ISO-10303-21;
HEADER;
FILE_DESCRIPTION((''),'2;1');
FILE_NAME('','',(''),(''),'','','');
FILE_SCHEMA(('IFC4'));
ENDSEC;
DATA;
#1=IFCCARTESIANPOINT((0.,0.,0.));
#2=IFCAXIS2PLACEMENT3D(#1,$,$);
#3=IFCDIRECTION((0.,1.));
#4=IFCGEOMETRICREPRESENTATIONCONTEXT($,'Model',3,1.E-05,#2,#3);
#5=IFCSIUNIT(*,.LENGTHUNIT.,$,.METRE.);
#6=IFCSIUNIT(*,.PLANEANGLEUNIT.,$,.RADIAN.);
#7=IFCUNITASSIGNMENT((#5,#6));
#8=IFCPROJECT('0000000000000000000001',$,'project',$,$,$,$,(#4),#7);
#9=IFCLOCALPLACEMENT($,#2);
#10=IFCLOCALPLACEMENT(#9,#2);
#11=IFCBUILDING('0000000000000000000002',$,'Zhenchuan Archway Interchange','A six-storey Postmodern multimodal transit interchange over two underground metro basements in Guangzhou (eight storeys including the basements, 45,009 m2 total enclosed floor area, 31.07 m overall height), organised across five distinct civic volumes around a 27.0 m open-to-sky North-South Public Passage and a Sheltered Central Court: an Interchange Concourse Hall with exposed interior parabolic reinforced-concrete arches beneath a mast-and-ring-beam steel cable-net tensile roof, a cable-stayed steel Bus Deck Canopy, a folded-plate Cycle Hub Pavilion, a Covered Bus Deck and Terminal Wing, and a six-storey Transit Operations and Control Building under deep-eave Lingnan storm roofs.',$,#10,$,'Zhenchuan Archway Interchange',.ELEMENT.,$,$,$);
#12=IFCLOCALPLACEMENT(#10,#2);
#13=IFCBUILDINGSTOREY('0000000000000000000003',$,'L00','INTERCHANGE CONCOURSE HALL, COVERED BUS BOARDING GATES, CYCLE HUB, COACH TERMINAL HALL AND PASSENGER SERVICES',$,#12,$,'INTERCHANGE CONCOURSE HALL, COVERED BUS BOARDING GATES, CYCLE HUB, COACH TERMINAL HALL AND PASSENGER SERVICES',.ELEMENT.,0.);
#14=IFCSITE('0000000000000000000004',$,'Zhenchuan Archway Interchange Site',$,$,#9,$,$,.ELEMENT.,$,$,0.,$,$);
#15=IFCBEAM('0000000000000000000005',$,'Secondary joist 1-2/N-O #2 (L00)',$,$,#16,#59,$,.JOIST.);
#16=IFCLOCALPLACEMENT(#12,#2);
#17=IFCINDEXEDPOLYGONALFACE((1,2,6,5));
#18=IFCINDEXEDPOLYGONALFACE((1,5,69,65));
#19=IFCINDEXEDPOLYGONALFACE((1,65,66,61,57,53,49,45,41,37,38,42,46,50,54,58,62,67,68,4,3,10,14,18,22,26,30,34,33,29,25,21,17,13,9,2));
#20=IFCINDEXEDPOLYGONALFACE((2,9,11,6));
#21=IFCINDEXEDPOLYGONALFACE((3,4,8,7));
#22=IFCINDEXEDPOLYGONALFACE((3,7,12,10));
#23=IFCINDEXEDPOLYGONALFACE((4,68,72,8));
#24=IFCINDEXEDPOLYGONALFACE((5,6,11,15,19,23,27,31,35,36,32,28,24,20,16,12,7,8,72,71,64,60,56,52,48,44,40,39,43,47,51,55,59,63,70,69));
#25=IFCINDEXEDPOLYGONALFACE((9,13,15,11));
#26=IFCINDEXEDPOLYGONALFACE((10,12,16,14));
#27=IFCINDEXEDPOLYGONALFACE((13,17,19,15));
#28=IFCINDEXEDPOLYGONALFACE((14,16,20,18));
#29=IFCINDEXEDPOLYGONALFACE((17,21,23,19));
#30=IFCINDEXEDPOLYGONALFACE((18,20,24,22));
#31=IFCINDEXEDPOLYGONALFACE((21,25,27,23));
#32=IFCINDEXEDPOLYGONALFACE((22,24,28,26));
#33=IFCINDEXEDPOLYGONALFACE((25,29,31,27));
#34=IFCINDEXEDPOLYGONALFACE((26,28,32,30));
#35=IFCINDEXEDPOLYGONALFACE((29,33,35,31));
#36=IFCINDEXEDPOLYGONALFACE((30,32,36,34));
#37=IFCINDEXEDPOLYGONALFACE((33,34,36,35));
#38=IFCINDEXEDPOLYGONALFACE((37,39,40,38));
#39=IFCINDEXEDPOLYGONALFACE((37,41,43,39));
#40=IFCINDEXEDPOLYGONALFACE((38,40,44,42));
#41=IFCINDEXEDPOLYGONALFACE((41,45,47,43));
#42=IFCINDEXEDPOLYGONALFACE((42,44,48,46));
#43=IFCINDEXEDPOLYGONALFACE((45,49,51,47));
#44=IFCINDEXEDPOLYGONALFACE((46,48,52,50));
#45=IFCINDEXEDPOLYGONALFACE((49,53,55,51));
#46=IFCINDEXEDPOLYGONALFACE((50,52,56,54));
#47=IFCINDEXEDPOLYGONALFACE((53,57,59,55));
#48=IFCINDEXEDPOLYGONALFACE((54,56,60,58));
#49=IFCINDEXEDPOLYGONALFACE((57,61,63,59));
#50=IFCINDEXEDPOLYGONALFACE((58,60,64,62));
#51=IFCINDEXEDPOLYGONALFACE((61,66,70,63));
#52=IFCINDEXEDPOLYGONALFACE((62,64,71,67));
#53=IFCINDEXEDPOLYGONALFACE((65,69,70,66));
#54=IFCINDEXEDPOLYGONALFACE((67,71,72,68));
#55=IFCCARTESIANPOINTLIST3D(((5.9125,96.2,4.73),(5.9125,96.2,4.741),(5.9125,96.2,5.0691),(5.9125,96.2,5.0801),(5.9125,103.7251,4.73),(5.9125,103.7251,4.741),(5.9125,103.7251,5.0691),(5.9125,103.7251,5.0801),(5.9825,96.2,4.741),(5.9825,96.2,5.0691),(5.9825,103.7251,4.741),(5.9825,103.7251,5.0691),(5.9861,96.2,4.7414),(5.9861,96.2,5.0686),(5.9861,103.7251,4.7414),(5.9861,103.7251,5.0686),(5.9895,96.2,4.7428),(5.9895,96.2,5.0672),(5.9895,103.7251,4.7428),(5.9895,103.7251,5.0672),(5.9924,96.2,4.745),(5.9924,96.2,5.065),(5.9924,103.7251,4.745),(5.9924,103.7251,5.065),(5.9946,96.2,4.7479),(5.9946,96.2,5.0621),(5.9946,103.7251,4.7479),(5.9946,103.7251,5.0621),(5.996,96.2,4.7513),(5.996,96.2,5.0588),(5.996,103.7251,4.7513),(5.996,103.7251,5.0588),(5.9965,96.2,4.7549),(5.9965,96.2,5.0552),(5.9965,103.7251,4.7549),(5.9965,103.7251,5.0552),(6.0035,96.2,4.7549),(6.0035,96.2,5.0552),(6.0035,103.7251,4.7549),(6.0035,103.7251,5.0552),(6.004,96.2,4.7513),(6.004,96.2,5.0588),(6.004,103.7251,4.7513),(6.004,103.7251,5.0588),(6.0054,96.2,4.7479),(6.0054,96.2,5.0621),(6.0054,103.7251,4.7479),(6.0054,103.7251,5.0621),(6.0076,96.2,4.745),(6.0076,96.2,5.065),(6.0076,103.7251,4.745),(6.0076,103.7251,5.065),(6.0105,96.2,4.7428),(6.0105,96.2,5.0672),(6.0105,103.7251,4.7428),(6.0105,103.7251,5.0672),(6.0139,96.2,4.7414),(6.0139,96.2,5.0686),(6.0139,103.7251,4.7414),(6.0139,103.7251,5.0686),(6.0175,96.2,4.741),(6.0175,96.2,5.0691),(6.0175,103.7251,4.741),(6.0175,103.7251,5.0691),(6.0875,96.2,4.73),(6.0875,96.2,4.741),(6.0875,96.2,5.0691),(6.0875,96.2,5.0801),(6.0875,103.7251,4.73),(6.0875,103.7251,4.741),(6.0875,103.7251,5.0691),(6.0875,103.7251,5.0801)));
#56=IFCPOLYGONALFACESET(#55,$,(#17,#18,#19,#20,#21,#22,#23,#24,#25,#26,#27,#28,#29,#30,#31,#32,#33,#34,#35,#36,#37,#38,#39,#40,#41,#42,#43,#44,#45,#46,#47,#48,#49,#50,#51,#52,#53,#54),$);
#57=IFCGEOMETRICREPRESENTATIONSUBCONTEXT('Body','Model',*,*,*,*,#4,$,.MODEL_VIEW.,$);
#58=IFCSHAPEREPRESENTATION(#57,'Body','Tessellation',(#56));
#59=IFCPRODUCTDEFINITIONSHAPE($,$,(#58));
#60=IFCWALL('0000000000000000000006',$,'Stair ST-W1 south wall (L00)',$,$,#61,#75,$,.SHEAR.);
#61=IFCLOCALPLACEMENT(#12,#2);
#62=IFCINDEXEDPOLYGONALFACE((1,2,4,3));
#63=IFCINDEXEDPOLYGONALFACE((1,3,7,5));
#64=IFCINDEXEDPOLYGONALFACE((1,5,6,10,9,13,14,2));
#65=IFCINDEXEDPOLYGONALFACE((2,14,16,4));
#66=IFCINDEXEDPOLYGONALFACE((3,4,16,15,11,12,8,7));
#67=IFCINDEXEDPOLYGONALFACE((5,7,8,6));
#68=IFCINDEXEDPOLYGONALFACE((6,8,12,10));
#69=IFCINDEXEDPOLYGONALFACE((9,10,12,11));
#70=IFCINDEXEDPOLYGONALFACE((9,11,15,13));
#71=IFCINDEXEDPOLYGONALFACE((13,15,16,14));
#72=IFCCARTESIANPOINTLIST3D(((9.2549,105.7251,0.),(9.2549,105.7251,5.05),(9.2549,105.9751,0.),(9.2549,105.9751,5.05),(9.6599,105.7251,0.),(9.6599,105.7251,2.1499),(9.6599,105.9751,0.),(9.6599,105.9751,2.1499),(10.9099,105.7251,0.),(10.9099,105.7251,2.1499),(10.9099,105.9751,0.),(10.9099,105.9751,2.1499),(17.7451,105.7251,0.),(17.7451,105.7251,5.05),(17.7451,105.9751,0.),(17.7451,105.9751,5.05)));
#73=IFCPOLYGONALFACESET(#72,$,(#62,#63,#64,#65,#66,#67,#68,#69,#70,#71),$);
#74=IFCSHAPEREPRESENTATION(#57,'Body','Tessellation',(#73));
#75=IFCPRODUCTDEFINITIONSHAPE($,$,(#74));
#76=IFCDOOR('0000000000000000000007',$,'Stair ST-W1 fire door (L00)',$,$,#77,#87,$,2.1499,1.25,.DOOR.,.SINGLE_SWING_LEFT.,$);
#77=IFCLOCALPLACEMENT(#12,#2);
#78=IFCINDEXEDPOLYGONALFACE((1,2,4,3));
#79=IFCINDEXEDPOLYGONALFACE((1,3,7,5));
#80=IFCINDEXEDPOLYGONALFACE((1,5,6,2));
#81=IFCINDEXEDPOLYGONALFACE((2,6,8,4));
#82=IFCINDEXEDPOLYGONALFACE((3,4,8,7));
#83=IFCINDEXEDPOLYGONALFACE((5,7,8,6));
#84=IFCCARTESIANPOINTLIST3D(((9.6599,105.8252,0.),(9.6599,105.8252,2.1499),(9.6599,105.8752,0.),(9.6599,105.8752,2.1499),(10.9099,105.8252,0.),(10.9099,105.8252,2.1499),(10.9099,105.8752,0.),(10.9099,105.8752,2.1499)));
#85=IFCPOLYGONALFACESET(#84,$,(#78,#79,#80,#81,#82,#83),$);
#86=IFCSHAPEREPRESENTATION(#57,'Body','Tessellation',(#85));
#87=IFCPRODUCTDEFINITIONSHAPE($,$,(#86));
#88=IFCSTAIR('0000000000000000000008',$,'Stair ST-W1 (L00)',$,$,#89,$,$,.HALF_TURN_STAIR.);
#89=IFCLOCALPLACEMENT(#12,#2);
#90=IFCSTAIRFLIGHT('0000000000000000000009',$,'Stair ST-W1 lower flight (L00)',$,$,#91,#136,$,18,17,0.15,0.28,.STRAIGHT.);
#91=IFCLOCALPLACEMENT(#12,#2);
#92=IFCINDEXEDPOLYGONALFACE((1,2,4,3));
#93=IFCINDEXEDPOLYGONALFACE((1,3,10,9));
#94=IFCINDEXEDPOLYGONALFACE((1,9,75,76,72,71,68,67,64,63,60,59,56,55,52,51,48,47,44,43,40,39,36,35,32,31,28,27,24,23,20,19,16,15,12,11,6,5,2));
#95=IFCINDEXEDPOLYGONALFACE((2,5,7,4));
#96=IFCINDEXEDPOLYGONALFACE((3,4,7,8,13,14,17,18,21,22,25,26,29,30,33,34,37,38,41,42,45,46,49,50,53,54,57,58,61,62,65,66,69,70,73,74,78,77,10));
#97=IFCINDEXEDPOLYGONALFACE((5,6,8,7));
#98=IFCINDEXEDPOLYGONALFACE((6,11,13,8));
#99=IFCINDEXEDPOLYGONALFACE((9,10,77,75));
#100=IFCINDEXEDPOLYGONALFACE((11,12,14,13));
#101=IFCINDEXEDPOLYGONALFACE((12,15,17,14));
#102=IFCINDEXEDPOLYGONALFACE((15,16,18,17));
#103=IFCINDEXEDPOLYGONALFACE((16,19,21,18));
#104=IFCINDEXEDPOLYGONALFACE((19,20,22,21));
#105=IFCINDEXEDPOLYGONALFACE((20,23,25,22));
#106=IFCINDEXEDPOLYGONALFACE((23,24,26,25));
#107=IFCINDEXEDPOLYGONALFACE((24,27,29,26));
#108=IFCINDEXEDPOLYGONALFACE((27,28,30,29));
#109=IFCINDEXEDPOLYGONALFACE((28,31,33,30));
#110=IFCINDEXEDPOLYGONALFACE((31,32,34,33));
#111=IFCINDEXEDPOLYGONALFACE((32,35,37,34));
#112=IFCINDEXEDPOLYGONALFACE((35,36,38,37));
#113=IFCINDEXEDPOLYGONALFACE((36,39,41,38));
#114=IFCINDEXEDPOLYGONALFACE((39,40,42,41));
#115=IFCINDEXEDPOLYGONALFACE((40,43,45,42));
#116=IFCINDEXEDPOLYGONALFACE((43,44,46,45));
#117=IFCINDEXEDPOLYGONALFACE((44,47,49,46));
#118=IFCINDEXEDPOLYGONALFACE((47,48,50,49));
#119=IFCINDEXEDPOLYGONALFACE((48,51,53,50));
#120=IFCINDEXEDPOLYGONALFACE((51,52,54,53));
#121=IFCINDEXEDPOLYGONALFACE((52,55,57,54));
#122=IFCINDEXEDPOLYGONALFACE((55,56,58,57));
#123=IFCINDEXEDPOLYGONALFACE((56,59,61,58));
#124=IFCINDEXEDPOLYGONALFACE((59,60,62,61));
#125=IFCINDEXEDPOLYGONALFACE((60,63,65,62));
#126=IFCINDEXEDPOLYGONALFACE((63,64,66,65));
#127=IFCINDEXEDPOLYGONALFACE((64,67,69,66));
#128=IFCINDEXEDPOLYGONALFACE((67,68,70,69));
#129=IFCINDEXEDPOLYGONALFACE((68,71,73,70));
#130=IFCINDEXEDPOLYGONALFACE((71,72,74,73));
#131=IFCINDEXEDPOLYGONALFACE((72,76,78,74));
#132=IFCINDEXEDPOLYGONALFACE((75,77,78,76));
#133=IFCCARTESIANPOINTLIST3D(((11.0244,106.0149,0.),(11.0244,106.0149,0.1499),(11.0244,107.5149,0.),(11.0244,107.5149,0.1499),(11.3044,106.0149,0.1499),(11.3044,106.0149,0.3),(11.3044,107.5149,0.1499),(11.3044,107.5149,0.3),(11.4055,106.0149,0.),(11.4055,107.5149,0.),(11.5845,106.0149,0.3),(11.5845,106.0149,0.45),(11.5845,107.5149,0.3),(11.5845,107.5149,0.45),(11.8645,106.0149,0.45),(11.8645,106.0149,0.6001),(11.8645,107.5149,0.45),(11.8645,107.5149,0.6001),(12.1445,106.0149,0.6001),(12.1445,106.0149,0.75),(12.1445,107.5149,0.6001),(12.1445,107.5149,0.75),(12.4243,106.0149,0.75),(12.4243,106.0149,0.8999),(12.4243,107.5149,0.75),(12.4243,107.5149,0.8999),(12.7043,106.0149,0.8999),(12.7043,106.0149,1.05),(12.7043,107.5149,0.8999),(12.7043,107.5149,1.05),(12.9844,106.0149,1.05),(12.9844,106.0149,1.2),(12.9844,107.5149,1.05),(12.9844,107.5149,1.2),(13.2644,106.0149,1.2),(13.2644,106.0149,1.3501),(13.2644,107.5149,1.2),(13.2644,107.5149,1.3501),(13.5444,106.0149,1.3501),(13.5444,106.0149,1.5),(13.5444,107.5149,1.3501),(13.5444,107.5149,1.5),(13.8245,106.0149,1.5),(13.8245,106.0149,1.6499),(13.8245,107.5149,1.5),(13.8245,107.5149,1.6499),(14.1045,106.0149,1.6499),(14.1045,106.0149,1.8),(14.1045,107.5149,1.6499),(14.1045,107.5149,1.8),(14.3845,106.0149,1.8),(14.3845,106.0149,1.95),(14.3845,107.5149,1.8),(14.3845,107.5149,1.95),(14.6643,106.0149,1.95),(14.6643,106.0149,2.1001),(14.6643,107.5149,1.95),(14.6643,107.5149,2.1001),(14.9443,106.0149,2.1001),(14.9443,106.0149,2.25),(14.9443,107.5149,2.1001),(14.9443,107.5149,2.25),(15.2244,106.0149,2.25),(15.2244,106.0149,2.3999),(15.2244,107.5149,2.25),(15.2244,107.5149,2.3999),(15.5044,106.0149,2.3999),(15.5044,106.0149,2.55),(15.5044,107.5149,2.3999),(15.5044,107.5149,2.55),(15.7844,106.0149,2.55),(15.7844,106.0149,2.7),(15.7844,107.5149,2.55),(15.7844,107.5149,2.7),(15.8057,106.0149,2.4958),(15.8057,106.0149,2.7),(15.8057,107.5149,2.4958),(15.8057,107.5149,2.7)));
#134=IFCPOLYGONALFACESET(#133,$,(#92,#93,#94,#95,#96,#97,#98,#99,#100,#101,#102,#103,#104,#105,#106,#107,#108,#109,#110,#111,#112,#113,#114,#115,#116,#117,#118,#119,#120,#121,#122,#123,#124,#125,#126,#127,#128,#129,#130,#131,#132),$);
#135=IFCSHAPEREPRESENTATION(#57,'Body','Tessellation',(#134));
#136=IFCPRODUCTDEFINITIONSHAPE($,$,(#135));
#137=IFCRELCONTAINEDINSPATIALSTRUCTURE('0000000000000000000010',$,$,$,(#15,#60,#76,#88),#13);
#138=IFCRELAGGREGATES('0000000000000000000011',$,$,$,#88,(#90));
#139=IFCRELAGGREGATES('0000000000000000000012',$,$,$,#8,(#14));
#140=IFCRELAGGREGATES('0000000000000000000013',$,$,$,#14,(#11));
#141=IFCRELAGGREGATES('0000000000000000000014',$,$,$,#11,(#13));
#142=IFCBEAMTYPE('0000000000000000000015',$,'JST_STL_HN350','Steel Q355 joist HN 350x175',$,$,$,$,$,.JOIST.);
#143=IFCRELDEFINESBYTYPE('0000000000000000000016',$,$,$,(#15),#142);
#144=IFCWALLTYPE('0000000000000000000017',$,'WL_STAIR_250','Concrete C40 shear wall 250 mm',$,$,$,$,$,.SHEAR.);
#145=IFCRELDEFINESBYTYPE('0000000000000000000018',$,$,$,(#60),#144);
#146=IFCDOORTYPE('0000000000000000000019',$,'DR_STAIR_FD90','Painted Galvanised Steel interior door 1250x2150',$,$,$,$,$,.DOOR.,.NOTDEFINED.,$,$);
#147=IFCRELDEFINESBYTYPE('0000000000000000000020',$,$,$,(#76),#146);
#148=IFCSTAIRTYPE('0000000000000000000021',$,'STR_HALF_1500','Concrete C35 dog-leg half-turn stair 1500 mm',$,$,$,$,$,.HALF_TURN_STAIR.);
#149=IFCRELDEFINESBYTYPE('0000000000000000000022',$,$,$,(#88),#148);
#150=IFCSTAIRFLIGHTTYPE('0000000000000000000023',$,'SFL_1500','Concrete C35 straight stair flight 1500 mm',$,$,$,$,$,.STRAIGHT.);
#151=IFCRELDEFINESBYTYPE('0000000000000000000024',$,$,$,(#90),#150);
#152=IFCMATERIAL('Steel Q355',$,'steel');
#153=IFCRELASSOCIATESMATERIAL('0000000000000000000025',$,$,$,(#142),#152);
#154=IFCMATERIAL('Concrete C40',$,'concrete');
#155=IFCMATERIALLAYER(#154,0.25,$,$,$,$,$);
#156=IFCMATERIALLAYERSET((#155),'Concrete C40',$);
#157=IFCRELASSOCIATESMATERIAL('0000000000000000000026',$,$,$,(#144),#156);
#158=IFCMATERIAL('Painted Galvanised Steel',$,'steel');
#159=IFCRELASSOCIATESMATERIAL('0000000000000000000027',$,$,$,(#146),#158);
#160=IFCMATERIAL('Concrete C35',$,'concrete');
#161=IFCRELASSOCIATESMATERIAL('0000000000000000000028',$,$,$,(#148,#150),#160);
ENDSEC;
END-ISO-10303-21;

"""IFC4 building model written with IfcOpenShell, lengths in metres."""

from ifc_helpers import new_model, si_unit, direction, frame, frame_2d, origin, origin_2d, place, context, subcontext, project, spatial, polyline, rectangle, i_section, outline, extrude, material, layer, layer_set, material_profile, profile_set, type_object, element, fill, aggregate, save


model = new_model("IFC4")

# Units and contexts
model_context = context("Model", 3, precision=1e-05, world=origin(), true_north=direction((0.0, 1.0)))
body_context = subcontext(model_context, "Body", "Model", "MODEL_VIEW")
ifc_project = project(units=[si_unit("LENGTHUNIT", "METRE"), si_unit("PLANEANGLEUNIT", "RADIAN")], contexts=[model_context])

# Site, building, storey
site_placement = place(None, origin())
site = spatial("IfcSite", under=ifc_project, at=site_placement, Name="Zhenchuan Archway Interchange Site", CompositionType="ELEMENT", RefElevation=0.0)
building_placement = place(site_placement, origin())
building = spatial("IfcBuilding", under=site, at=building_placement, Name="Zhenchuan Archway Interchange", Description="A six-storey Postmodern multimodal transit interchange over two underground metro basements in Guangzhou (eight storeys including the basements, 45,009 m2 total enclosed floor area, 31.07 m overall height), organised across five distinct civic volumes around a 27.0 m open-to-sky North-South Public Passage and a Sheltered Central Court: an Interchange Concourse Hall with exposed interior parabolic reinforced-concrete arches beneath a mast-and-ring-beam steel cable-net tensile roof, a cable-stayed steel Bus Deck Canopy, a folded-plate Cycle Hub Pavilion, a Covered Bus Deck and Terminal Wing, and a six-storey Transit Operations and Control Building under deep-eave Lingnan storm roofs.", LongName="Zhenchuan Archway Interchange", CompositionType="ELEMENT")
storey_placement = place(building_placement, origin())
storey = spatial("IfcBuildingStorey", under=building, at=storey_placement, Name="L00", Description="INTERCHANGE CONCOURSE HALL, COVERED BUS BOARDING GATES, CYCLE HUB, COACH TERMINAL HALL AND PASSENGER SERVICES", LongName="INTERCHANGE CONCOURSE HALL, COVERED BUS BOARDING GATES, CYCLE HUB, COACH TERMINAL HALL AND PASSENGER SERVICES", CompositionType="ELEMENT", Elevation=0.0)

# Shared definitions
ifc_material_1 = material(Name="Concrete C40", Category="concrete")

# Shared definitions
ifc_material_2 = material(Name="Concrete C35", Category="concrete")

# Beam
ifc_material_3 = material(Name="Steel Q355", Category="steel")
ifc_material_profile_1 = material_profile(ifc_material_3, i_section(OverallWidth=0.175, OverallDepth=0.3501, WebThickness=0.0071, FlangeThickness=0.011, FilletRadius=0.0139, at=origin_2d()), Name="HN 350x175")
ifc_profile_set_1 = profile_set([ifc_material_profile_1], Name="Steel Q355")
beam_type_1 = type_object("IfcBeamType", Name="JST_STL_HN350", Description="Steel Q355 joist HN 350x175", PredefinedType="JOIST", material=ifc_profile_set_1)
beam_1_placement = place(storey_placement, frame((6.0, 96.2, 4.905), z_axis=(0.0, 1.0, 0.0), x_axis=(-1.0, 0.0, 0.0)))
element("IfcBeam", 1, at=beam_1_placement, inside=storey, type_object=beam_type_1, Name="Secondary joist 1-2/N-O #2 (L00)", PredefinedType="JOIST", context=body_context, shape_type="SweptSolid", body=[
    extrude(i_section(OverallWidth=0.175, OverallDepth=0.3501, WebThickness=0.0071, FlangeThickness=0.011, FilletRadius=0.0139, at=origin_2d()), origin(), (0.0, 0.0, 1.0), 7.5251),
])

# Wall, opening, door
ifc_layer = layer(ifc_material_1, 0.25)
ifc_layer_set = layer_set([ifc_layer], Name="Concrete C40")
wall_type = type_object("IfcWallType", Name="WL_STAIR_250", Description="Concrete C40 shear wall 250 mm", PredefinedType="SHEAR", material=ifc_layer_set)
wall_placement = place(storey_placement, frame((9.2549, 105.8501, 0.0), z_axis=(0.0, 0.0, 1.0), x_axis=(1.0, 0.0, 0.0)))
wall = element("IfcWall", 2, at=wall_placement, inside=storey, type_object=wall_type, Name="Stair ST-W1 south wall (L00)", PredefinedType="SHEAR", context=body_context, shape_type="SweptSolid", body=[
    extrude(rectangle(XDim=8.4902, YDim=0.25, at=frame_2d((4.2451, 0.0))), origin(), (0.0, 0.0, 1.0), 5.05),
])
opening_placement = place(wall_placement, frame((0.405, 0.0, 0.0)))
opening = element("IfcOpeningElement", 3, at=opening_placement, cuts=wall, PredefinedType="OPENING", context=body_context, shape_type="SweptSolid", body=[
    extrude(rectangle(XDim=1.25, YDim=2.1499, at=frame_2d((0.625, 1.075))), frame((0.0, 0.137, 0.0), z_axis=(0.0, -1.0, 0.0), x_axis=(1.0, 0.0, 0.0)), (0.0, 0.0, 1.0), 0.2739),
])
ifc_material_4 = material(Name="Painted Galvanised Steel", Category="steel")
door_type = type_object("IfcDoorType", Name="DR_STAIR_FD90", Description="Painted Galvanised Steel interior door 1250x2150", OperationType="NOTDEFINED", PredefinedType="DOOR", material=ifc_material_4)
door_placement = place(opening_placement, frame((1.25, 0.0, 0.0), z_axis=(0.0, 0.0, 1.0), x_axis=(-1.0, 0.0, 0.0)))
door = element("IfcDoor", 4, at=door_placement, inside=storey, type_object=door_type, Name="Stair ST-W1 fire door (L00)", OperationType="SINGLE_SWING_LEFT", OverallHeight=2.1499, OverallWidth=1.25, PredefinedType="DOOR", context=body_context, shape_type="SweptSolid", body=[
    extrude(rectangle(XDim=1.25, YDim=2.1499, at=frame_2d((0.625, 1.075))), frame((0.0, 0.0249, 0.0), z_axis=(0.0, -1.0, 0.0), x_axis=(1.0, 0.0, 0.0)), (0.0, 0.0, 1.0), 0.05),
])
fill(opening, door)

# Stair, stair flight
stair_type = type_object("IfcStairType", Name="STR_HALF_1500", Description="Concrete C35 dog-leg half-turn stair 1500 mm", PredefinedType="HALF_TURN_STAIR", material=ifc_material_2)
stair_placement = place(storey_placement, origin())
stair = element("IfcStair", 5, at=stair_placement, inside=storey, type_object=stair_type, Name="Stair ST-W1 (L00)", PredefinedType="HALF_TURN_STAIR")
stair_flight_type = type_object("IfcStairFlightType", Name="SFL_1500", Description="Concrete C35 straight stair flight 1500 mm", PredefinedType="STRAIGHT", material=ifc_material_2)
stair_flight_1_placement = place(storey_placement, frame((11.0244, 106.7649, 0.0), z_axis=(0.0, 0.0, 1.0), x_axis=(1.0, 0.0, 0.0)))
stair_flight_1 = element("IfcStairFlight", 6, at=stair_flight_1_placement, type_object=stair_flight_type, Name="Stair ST-W1 lower flight (L00)", NumberOfRisers=18, NumberOfTreads=17, PredefinedType="STRAIGHT", RiserHeight=0.15, TreadLength=0.28, context=body_context, shape_type="SweptSolid", body=[
    extrude(outline(polyline([(0.0, 0.0), (0.0, 0.1499), (0.28, 0.1499), (0.28, 0.3), (0.5601, 0.3), (0.5601, 0.45), (0.8401, 0.45), (0.8401, 0.6001), (1.1201, 0.6001), (1.1201, 0.75), (1.3999, 0.75), (1.3999, 0.8999), (1.6799, 0.8999), (1.6799, 1.05), (1.96, 1.05), (1.96, 1.2), (2.24, 1.2), (2.24, 1.3501), (2.52, 1.3501), (2.52, 1.5), (2.8, 1.5), (2.8, 1.6499), (3.0801, 1.6499), (3.0801, 1.8), (3.3601, 1.8), (3.3601, 1.95), (3.6399, 1.95), (3.6399, 2.1001), (3.9199, 2.1001), (3.9199, 2.25), (4.2, 2.25), (4.2, 2.3999), (4.48, 2.3999), (4.48, 2.55), (4.76, 2.55), (4.76, 2.7), (4.7812, 2.7), (4.7812, 2.4958), (0.3811, 0.0), (0.0, 0.0)])), frame((0.0, 0.75, 0.0), z_axis=(0.0, -1.0, 0.0), x_axis=(1.0, 0.0, 0.0)), (0.0, 0.0, 1.0), 1.5),
])
aggregate(stair, [stair_flight_1])

save(model, "model.ifc")
